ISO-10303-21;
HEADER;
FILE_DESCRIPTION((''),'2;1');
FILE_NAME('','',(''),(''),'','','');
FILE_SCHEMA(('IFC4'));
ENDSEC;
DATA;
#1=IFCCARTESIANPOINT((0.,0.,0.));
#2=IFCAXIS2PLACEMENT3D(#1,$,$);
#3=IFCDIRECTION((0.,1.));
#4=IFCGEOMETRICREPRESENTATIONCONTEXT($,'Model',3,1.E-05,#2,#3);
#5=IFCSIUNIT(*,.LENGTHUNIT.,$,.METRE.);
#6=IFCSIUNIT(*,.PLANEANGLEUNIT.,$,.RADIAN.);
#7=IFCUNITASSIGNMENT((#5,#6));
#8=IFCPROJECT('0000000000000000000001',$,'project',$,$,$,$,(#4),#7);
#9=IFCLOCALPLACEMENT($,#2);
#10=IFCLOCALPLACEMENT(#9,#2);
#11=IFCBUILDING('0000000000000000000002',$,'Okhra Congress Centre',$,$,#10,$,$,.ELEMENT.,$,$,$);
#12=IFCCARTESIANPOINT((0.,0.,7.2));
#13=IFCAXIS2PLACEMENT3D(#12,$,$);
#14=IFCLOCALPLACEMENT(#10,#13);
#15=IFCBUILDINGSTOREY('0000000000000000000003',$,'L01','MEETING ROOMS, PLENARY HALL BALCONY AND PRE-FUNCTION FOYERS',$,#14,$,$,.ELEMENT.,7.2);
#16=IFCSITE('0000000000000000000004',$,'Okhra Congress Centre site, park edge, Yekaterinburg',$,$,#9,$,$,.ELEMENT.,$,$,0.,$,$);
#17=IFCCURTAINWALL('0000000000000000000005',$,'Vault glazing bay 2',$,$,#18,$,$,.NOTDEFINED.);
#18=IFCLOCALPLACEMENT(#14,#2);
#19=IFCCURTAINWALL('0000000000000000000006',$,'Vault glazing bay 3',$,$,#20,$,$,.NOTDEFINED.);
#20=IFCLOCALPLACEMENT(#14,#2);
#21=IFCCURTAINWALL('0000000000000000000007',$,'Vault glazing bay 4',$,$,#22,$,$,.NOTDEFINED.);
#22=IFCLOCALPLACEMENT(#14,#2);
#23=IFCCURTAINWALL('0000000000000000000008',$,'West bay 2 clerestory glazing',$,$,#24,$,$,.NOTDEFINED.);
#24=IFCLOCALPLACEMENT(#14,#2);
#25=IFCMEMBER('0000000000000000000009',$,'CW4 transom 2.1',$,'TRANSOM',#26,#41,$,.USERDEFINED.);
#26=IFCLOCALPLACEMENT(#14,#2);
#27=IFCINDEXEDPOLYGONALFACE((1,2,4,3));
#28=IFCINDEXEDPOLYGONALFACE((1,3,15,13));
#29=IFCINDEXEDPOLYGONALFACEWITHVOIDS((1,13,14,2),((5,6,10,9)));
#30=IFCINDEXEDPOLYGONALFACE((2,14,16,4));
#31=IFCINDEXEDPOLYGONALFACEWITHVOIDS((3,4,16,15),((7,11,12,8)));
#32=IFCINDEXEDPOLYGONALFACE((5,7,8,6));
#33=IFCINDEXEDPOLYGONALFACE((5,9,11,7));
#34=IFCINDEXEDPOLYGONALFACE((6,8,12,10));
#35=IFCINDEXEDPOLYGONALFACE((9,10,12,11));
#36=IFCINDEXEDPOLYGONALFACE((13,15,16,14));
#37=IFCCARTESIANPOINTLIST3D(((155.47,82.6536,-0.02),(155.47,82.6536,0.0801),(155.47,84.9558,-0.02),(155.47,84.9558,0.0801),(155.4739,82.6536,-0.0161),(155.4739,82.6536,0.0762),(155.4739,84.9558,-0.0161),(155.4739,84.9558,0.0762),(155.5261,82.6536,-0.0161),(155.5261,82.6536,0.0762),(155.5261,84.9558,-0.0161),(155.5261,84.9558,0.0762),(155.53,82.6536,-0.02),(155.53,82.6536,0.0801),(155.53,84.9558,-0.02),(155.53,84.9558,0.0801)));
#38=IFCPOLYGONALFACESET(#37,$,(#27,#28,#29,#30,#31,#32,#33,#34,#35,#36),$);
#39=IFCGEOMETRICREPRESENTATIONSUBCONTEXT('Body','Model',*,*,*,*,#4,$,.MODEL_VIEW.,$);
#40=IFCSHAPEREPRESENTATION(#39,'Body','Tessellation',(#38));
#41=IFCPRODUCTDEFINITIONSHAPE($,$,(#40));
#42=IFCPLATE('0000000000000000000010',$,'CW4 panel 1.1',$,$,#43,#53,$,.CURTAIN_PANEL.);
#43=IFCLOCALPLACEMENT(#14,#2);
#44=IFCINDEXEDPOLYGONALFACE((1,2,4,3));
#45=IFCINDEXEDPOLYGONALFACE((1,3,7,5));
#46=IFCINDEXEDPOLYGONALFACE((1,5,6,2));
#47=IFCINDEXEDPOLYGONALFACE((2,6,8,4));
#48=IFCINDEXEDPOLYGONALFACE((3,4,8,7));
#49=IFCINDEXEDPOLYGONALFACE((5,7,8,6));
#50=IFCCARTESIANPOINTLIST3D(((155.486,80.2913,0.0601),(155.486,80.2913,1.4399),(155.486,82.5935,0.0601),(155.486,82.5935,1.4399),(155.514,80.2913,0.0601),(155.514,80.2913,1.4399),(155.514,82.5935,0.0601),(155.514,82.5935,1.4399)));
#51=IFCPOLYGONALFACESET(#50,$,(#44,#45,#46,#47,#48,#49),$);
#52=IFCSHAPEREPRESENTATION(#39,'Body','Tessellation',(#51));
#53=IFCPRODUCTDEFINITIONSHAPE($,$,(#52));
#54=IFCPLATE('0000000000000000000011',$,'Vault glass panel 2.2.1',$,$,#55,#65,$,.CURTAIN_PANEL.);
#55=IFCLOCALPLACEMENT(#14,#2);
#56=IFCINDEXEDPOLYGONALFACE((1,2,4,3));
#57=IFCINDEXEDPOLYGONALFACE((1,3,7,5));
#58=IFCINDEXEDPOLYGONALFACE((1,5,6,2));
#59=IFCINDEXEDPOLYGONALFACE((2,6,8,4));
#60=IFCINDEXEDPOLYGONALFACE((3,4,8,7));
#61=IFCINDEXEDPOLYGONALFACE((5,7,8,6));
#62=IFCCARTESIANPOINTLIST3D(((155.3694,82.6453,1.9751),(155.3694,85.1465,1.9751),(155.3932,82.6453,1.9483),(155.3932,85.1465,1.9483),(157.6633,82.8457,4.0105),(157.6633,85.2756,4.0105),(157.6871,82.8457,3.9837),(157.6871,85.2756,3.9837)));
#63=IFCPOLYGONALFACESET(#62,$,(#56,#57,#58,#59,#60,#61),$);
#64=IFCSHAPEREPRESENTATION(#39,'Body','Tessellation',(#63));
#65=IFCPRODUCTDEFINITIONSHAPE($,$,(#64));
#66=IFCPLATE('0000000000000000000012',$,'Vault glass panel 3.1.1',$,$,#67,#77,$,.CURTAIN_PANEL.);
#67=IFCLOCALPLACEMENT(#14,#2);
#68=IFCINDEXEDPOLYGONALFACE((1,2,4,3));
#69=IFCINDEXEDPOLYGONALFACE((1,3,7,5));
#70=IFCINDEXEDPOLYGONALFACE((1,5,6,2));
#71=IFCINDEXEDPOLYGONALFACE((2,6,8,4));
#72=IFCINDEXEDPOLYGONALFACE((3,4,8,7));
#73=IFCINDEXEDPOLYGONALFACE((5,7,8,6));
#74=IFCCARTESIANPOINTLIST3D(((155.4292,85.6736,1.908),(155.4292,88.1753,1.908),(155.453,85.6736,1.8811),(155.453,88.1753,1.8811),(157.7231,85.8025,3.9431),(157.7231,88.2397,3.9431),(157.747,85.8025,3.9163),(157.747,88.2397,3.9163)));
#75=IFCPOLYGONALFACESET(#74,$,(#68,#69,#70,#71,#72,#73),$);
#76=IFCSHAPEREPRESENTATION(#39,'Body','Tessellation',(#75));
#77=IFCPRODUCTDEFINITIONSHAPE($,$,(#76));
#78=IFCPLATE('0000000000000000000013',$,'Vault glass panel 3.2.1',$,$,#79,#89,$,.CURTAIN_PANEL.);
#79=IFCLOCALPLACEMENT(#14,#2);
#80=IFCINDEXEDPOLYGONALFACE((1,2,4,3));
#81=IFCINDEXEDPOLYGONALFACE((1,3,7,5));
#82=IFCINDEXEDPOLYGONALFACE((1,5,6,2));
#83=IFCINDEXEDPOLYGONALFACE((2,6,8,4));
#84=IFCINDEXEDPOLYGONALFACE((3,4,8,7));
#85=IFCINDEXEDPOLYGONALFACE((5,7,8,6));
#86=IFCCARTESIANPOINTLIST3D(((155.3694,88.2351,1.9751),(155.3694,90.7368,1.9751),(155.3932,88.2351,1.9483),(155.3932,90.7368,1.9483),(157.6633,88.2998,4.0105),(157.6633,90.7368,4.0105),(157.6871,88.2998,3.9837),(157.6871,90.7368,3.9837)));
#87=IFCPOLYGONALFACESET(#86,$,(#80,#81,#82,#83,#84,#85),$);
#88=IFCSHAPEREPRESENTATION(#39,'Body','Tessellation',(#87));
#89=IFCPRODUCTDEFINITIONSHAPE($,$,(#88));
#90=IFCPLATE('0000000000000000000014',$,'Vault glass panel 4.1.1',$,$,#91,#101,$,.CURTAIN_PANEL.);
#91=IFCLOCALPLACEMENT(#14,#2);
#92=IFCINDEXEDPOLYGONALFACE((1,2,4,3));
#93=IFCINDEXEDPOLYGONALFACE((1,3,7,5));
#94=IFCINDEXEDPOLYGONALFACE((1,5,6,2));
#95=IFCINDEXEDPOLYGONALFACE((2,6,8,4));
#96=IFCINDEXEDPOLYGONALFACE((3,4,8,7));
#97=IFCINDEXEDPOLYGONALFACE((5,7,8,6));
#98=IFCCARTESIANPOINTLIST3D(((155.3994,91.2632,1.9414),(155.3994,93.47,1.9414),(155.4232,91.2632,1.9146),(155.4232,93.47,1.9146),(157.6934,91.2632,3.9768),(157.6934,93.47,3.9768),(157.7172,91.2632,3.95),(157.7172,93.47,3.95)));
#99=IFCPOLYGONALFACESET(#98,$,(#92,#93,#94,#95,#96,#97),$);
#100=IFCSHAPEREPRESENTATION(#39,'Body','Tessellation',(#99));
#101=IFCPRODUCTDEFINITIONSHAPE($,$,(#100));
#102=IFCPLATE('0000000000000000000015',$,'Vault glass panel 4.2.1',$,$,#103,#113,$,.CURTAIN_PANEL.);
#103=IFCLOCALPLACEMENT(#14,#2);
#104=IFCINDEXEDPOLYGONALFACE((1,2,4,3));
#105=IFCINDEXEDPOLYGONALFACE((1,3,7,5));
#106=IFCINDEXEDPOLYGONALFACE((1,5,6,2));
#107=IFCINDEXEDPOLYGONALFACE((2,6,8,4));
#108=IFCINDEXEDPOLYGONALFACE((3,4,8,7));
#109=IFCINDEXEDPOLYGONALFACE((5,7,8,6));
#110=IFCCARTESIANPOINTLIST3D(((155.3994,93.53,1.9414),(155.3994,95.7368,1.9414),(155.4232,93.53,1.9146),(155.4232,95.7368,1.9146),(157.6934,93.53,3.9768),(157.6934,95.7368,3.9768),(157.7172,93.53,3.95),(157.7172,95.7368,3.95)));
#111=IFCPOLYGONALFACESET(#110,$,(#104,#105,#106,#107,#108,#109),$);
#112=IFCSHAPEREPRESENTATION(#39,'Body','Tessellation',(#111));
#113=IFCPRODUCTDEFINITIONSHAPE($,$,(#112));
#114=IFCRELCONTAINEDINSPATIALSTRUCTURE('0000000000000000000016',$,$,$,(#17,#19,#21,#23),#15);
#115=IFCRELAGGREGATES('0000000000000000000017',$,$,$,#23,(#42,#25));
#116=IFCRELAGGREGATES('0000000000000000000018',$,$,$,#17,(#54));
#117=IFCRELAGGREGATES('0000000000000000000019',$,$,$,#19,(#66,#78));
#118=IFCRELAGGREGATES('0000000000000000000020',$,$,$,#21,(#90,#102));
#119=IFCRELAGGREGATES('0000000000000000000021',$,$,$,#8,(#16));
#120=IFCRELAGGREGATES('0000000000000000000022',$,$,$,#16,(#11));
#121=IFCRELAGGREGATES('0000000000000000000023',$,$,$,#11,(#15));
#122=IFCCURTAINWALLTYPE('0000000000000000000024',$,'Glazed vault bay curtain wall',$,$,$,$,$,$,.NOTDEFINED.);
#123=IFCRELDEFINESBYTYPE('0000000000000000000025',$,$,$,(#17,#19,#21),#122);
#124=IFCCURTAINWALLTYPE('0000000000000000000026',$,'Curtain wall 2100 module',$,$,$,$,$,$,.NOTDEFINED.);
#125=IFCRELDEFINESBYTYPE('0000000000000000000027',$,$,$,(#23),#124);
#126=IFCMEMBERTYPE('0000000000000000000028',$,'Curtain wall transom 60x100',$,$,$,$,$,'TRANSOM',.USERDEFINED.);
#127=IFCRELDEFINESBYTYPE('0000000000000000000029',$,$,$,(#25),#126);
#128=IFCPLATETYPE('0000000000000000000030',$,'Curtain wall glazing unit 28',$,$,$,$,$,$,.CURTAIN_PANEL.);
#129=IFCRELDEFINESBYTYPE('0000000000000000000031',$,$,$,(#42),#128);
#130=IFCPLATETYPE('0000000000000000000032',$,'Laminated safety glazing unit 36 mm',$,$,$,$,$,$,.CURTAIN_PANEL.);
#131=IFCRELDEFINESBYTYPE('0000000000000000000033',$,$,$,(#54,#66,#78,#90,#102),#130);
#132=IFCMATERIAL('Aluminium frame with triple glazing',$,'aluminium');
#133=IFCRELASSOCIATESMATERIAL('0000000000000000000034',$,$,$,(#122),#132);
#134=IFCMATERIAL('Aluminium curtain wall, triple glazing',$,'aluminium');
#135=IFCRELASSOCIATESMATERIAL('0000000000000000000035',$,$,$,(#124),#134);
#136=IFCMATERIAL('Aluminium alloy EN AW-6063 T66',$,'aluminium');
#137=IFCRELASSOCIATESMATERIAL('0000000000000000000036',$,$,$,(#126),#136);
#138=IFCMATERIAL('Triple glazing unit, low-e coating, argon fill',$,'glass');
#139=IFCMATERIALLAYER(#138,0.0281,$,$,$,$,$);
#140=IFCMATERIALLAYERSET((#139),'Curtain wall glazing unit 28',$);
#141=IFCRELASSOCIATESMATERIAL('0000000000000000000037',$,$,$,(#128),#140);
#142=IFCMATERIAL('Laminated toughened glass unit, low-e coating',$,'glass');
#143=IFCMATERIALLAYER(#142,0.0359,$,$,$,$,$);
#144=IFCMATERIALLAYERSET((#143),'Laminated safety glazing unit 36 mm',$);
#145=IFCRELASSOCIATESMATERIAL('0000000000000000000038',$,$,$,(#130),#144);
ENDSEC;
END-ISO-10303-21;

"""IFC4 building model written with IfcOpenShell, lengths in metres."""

from ifc_helpers import new_model, si_unit, direction, frame, origin, origin_2d, place, context, subcontext, project, spatial, polyline, rectangle, hollow_rectangle, outline, extrude, material, layer, layer_set, material_profile, profile_set, type_object, element, aggregate, save


model = new_model("IFC4")

# Units and contexts
model_context = context("Model", 3, precision=1e-05, world=origin(), true_north=direction((0.0, 1.0)))
body_context = subcontext(model_context, "Body", "Model", "MODEL_VIEW")
ifc_project = project(units=[si_unit("LENGTHUNIT", "METRE"), si_unit("PLANEANGLEUNIT", "RADIAN")], contexts=[model_context])

# Site, building, storey
site_placement = place(None, origin())
site = spatial("IfcSite", under=ifc_project, at=site_placement, Name="Okhra Congress Centre site, park edge, Yekaterinburg", CompositionType="ELEMENT", RefElevation=0.0)
building_placement = place(site_placement, origin())
building = spatial("IfcBuilding", under=site, at=building_placement, Name="Okhra Congress Centre", CompositionType="ELEMENT")
storey_placement = place(building_placement, frame((0.0, 0.0, 7.2)))
storey = spatial("IfcBuildingStorey", under=building, at=storey_placement, Name="L01", Description="MEETING ROOMS, PLENARY HALL BALCONY AND PRE-FUNCTION FOYERS", CompositionType="ELEMENT", Elevation=7.2)

# Curtain walls
ifc_material_1 = material(Name="Aluminium frame with triple glazing", Category="aluminium")
curtain_wall_type_1 = type_object("IfcCurtainWallType", Name="Glazed vault bay curtain wall", PredefinedType="NOTDEFINED", material=ifc_material_1)
curtain_wall_1_placement = place(storey_placement, origin())
curtain_wall_1 = element("IfcCurtainWall", 1, at=curtain_wall_1_placement, inside=storey, type_object=curtain_wall_type_1, Name="Vault glazing bay 2", PredefinedType="NOTDEFINED")
curtain_wall_2_placement = place(storey_placement, origin())
curtain_wall_2 = element("IfcCurtainWall", 2, at=curtain_wall_2_placement, inside=storey, type_object=curtain_wall_type_1, Name="Vault glazing bay 3", PredefinedType="NOTDEFINED")
curtain_wall_3_placement = place(storey_placement, origin())
curtain_wall_3 = element("IfcCurtainWall", 3, at=curtain_wall_3_placement, inside=storey, type_object=curtain_wall_type_1, Name="Vault glazing bay 4", PredefinedType="NOTDEFINED")

# Curtain wall, member, plate
ifc_material_2 = material(Name="Aluminium curtain wall, triple glazing", Category="aluminium")
curtain_wall_type_2 = type_object("IfcCurtainWallType", Name="Curtain wall 2100 module", PredefinedType="NOTDEFINED", material=ifc_material_2)
curtain_wall_4_placement = place(storey_placement, origin())
curtain_wall_4 = element("IfcCurtainWall", 4, at=curtain_wall_4_placement, inside=storey, type_object=curtain_wall_type_2, Name="West bay 2 clerestory glazing", PredefinedType="NOTDEFINED")
ifc_material_3 = material(Name="Aluminium alloy EN AW-6063 T66", Category="aluminium")
ifc_material_profile_1 = material_profile(ifc_material_3, hollow_rectangle(XDim=0.0601, YDim=0.1001, WallThickness=0.0039, at=origin_2d()), Name="RHS 60x100x4")
ifc_profile_set_1 = profile_set([ifc_material_profile_1], Name="Aluminium alloy EN AW-6063 T66")
member_type_1 = type_object("IfcMemberType", Name="Curtain wall transom 60x100", ElementType="TRANSOM", PredefinedType="USERDEFINED", material=ifc_profile_set_1)
member_1_placement = place(storey_placement, frame((155.5, 82.6536, 0.03), z_axis=(0.0, 1.0, 0.0), x_axis=(-1.0, 0.0, 0.0)))
member_1 = element("IfcMember", 5, at=member_1_placement, type_object=member_type_1, Name="CW4 transom 2.1", ObjectType="TRANSOM", PredefinedType="USERDEFINED", context=body_context, shape_type="SweptSolid", body=[
    extrude(hollow_rectangle(XDim=0.0601, YDim=0.1001, WallThickness=0.0039, at=origin_2d()), origin(), (0.0, 0.0, 1.0), 2.3022),
])
ifc_material_4 = material(Name="Triple glazing unit, low-e coating, argon fill", Category="glass")
ifc_layer_1 = layer(ifc_material_4, 0.0281)
ifc_layer_set_1 = layer_set([ifc_layer_1], Name="Curtain wall glazing unit 28")
plate_type_1 = type_object("IfcPlateType", Name="Curtain wall glazing unit 28", PredefinedType="CURTAIN_PANEL", material=ifc_layer_set_1)
plate_1_placement = place(storey_placement, frame((155.5, 81.4424, 0.0601), z_axis=(0.0, 0.0, 1.0), x_axis=(0.0, 1.0, 0.0)))
plate_1 = element("IfcPlate", 6, at=plate_1_placement, type_object=plate_type_1, Name="CW4 panel 1.1", PredefinedType="CURTAIN_PANEL", context=body_context, shape_type="SweptSolid", body=[
    extrude(rectangle(XDim=2.3022, YDim=0.0281, at=origin_2d()), origin(), (0.0, 0.0, 1.0), 1.3799),
])
aggregate(curtain_wall_4, [plate_1, member_1])

# Plates
ifc_material_5 = material(Name="Laminated toughened glass unit, low-e coating", Category="glass")
ifc_layer_2 = layer(ifc_material_5, 0.0359)
ifc_layer_set_2 = layer_set([ifc_layer_2], Name="Laminated safety glazing unit 36 mm")
plate_type_2 = type_object("IfcPlateType", Name="Laminated safety glazing unit 36 mm", PredefinedType="CURTAIN_PANEL", material=ifc_layer_set_2)
plate_2_placement = place(storey_placement, frame((155.3694, 82.6453, 1.9751), z_axis=(-0.663697, 0.0, 0.748002), x_axis=(0.746409, 0.065219, 0.662283)))
plate_2 = element("IfcPlate", 7, at=plate_2_placement, type_object=plate_type_2, Name="Vault glass panel 2.2.1", PredefinedType="CURTAIN_PANEL", context=body_context, shape_type="SweptSolid", body=[
    extrude(outline(polyline([(0.0, 0.0), (3.0733, 0.0), (3.2318, 2.4248), (0.1631, 2.4959), (0.0, 0.0)])), origin(), (0.0, 0.0, -1.0), 0.0359),
])
aggregate(curtain_wall_1, [plate_2])
plate_3_placement = place(storey_placement, frame((155.4292, 85.6736, 1.908), z_axis=(-0.663652, 0.0, 0.748041), x_axis=(0.747381, 0.041998, 0.663066)))
plate_3 = element("IfcPlate", 8, at=plate_3_placement, type_object=plate_type_2, Name="Vault glass panel 3.1.1", PredefinedType="CURTAIN_PANEL", context=body_context, shape_type="SweptSolid", body=[
    extrude(outline(polyline([(0.0, 0.0), (3.0693, 0.0), (3.1717, 2.4351), (0.1051, 2.4995), (0.0, 0.0)])), origin(), (0.0, 0.0, -1.0), 0.0359),
])
plate_4_placement = place(storey_placement, frame((155.3694, 88.2351, 1.9751), z_axis=(-0.663697, 0.0, 0.748002), x_axis=(0.747836, 0.021092, 0.663549)))
plate_4 = element("IfcPlate", 9, at=plate_4_placement, type_object=plate_type_2, Name="Vault glass panel 3.2.1", PredefinedType="CURTAIN_PANEL", context=body_context, shape_type="SweptSolid", body=[
    extrude(outline(polyline([(0.0, 0.0), (3.0674, 0.0), (3.1188, 2.4365), (0.0528, 2.5012), (0.0, 0.0)])), origin(), (0.0, 0.0, -1.0), 0.0359),
])
aggregate(curtain_wall_2, [plate_3, plate_4])
plate_5_placement = place(storey_placement, frame((155.3994, 91.2632, 1.9414), z_axis=(-0.663697, 0.0, 0.748002), x_axis=(0.748002, 0.0, 0.663697)))
plate_5 = element("IfcPlate", 10, at=plate_5_placement, type_object=plate_type_2, Name="Vault glass panel 4.1.1", PredefinedType="CURTAIN_PANEL", context=body_context, shape_type="SweptSolid", body=[
    extrude(outline(polyline([(0.0, 0.0), (3.0668, 0.0), (3.0668, 2.2068), (0.0, 2.2068), (0.0, 0.0)])), origin(), (0.0, 0.0, -1.0), 0.0359),
])
plate_6_placement = place(storey_placement, frame((155.3994, 93.53, 1.9414), z_axis=(-0.663697, 0.0, 0.748002), x_axis=(0.748002, 0.0, 0.663697)))
plate_6 = element("IfcPlate", 11, at=plate_6_placement, type_object=plate_type_2, Name="Vault glass panel 4.2.1", PredefinedType="CURTAIN_PANEL", context=body_context, shape_type="SweptSolid", body=[
    extrude(outline(polyline([(0.0, 0.0), (3.0668, 0.0), (3.0668, 2.2068), (0.0, 2.2068), (0.0, 0.0)])), origin(), (0.0, 0.0, -1.0), 0.0359),
])
aggregate(curtain_wall_3, [plate_5, plate_6])

save(model, "model.ifc")
